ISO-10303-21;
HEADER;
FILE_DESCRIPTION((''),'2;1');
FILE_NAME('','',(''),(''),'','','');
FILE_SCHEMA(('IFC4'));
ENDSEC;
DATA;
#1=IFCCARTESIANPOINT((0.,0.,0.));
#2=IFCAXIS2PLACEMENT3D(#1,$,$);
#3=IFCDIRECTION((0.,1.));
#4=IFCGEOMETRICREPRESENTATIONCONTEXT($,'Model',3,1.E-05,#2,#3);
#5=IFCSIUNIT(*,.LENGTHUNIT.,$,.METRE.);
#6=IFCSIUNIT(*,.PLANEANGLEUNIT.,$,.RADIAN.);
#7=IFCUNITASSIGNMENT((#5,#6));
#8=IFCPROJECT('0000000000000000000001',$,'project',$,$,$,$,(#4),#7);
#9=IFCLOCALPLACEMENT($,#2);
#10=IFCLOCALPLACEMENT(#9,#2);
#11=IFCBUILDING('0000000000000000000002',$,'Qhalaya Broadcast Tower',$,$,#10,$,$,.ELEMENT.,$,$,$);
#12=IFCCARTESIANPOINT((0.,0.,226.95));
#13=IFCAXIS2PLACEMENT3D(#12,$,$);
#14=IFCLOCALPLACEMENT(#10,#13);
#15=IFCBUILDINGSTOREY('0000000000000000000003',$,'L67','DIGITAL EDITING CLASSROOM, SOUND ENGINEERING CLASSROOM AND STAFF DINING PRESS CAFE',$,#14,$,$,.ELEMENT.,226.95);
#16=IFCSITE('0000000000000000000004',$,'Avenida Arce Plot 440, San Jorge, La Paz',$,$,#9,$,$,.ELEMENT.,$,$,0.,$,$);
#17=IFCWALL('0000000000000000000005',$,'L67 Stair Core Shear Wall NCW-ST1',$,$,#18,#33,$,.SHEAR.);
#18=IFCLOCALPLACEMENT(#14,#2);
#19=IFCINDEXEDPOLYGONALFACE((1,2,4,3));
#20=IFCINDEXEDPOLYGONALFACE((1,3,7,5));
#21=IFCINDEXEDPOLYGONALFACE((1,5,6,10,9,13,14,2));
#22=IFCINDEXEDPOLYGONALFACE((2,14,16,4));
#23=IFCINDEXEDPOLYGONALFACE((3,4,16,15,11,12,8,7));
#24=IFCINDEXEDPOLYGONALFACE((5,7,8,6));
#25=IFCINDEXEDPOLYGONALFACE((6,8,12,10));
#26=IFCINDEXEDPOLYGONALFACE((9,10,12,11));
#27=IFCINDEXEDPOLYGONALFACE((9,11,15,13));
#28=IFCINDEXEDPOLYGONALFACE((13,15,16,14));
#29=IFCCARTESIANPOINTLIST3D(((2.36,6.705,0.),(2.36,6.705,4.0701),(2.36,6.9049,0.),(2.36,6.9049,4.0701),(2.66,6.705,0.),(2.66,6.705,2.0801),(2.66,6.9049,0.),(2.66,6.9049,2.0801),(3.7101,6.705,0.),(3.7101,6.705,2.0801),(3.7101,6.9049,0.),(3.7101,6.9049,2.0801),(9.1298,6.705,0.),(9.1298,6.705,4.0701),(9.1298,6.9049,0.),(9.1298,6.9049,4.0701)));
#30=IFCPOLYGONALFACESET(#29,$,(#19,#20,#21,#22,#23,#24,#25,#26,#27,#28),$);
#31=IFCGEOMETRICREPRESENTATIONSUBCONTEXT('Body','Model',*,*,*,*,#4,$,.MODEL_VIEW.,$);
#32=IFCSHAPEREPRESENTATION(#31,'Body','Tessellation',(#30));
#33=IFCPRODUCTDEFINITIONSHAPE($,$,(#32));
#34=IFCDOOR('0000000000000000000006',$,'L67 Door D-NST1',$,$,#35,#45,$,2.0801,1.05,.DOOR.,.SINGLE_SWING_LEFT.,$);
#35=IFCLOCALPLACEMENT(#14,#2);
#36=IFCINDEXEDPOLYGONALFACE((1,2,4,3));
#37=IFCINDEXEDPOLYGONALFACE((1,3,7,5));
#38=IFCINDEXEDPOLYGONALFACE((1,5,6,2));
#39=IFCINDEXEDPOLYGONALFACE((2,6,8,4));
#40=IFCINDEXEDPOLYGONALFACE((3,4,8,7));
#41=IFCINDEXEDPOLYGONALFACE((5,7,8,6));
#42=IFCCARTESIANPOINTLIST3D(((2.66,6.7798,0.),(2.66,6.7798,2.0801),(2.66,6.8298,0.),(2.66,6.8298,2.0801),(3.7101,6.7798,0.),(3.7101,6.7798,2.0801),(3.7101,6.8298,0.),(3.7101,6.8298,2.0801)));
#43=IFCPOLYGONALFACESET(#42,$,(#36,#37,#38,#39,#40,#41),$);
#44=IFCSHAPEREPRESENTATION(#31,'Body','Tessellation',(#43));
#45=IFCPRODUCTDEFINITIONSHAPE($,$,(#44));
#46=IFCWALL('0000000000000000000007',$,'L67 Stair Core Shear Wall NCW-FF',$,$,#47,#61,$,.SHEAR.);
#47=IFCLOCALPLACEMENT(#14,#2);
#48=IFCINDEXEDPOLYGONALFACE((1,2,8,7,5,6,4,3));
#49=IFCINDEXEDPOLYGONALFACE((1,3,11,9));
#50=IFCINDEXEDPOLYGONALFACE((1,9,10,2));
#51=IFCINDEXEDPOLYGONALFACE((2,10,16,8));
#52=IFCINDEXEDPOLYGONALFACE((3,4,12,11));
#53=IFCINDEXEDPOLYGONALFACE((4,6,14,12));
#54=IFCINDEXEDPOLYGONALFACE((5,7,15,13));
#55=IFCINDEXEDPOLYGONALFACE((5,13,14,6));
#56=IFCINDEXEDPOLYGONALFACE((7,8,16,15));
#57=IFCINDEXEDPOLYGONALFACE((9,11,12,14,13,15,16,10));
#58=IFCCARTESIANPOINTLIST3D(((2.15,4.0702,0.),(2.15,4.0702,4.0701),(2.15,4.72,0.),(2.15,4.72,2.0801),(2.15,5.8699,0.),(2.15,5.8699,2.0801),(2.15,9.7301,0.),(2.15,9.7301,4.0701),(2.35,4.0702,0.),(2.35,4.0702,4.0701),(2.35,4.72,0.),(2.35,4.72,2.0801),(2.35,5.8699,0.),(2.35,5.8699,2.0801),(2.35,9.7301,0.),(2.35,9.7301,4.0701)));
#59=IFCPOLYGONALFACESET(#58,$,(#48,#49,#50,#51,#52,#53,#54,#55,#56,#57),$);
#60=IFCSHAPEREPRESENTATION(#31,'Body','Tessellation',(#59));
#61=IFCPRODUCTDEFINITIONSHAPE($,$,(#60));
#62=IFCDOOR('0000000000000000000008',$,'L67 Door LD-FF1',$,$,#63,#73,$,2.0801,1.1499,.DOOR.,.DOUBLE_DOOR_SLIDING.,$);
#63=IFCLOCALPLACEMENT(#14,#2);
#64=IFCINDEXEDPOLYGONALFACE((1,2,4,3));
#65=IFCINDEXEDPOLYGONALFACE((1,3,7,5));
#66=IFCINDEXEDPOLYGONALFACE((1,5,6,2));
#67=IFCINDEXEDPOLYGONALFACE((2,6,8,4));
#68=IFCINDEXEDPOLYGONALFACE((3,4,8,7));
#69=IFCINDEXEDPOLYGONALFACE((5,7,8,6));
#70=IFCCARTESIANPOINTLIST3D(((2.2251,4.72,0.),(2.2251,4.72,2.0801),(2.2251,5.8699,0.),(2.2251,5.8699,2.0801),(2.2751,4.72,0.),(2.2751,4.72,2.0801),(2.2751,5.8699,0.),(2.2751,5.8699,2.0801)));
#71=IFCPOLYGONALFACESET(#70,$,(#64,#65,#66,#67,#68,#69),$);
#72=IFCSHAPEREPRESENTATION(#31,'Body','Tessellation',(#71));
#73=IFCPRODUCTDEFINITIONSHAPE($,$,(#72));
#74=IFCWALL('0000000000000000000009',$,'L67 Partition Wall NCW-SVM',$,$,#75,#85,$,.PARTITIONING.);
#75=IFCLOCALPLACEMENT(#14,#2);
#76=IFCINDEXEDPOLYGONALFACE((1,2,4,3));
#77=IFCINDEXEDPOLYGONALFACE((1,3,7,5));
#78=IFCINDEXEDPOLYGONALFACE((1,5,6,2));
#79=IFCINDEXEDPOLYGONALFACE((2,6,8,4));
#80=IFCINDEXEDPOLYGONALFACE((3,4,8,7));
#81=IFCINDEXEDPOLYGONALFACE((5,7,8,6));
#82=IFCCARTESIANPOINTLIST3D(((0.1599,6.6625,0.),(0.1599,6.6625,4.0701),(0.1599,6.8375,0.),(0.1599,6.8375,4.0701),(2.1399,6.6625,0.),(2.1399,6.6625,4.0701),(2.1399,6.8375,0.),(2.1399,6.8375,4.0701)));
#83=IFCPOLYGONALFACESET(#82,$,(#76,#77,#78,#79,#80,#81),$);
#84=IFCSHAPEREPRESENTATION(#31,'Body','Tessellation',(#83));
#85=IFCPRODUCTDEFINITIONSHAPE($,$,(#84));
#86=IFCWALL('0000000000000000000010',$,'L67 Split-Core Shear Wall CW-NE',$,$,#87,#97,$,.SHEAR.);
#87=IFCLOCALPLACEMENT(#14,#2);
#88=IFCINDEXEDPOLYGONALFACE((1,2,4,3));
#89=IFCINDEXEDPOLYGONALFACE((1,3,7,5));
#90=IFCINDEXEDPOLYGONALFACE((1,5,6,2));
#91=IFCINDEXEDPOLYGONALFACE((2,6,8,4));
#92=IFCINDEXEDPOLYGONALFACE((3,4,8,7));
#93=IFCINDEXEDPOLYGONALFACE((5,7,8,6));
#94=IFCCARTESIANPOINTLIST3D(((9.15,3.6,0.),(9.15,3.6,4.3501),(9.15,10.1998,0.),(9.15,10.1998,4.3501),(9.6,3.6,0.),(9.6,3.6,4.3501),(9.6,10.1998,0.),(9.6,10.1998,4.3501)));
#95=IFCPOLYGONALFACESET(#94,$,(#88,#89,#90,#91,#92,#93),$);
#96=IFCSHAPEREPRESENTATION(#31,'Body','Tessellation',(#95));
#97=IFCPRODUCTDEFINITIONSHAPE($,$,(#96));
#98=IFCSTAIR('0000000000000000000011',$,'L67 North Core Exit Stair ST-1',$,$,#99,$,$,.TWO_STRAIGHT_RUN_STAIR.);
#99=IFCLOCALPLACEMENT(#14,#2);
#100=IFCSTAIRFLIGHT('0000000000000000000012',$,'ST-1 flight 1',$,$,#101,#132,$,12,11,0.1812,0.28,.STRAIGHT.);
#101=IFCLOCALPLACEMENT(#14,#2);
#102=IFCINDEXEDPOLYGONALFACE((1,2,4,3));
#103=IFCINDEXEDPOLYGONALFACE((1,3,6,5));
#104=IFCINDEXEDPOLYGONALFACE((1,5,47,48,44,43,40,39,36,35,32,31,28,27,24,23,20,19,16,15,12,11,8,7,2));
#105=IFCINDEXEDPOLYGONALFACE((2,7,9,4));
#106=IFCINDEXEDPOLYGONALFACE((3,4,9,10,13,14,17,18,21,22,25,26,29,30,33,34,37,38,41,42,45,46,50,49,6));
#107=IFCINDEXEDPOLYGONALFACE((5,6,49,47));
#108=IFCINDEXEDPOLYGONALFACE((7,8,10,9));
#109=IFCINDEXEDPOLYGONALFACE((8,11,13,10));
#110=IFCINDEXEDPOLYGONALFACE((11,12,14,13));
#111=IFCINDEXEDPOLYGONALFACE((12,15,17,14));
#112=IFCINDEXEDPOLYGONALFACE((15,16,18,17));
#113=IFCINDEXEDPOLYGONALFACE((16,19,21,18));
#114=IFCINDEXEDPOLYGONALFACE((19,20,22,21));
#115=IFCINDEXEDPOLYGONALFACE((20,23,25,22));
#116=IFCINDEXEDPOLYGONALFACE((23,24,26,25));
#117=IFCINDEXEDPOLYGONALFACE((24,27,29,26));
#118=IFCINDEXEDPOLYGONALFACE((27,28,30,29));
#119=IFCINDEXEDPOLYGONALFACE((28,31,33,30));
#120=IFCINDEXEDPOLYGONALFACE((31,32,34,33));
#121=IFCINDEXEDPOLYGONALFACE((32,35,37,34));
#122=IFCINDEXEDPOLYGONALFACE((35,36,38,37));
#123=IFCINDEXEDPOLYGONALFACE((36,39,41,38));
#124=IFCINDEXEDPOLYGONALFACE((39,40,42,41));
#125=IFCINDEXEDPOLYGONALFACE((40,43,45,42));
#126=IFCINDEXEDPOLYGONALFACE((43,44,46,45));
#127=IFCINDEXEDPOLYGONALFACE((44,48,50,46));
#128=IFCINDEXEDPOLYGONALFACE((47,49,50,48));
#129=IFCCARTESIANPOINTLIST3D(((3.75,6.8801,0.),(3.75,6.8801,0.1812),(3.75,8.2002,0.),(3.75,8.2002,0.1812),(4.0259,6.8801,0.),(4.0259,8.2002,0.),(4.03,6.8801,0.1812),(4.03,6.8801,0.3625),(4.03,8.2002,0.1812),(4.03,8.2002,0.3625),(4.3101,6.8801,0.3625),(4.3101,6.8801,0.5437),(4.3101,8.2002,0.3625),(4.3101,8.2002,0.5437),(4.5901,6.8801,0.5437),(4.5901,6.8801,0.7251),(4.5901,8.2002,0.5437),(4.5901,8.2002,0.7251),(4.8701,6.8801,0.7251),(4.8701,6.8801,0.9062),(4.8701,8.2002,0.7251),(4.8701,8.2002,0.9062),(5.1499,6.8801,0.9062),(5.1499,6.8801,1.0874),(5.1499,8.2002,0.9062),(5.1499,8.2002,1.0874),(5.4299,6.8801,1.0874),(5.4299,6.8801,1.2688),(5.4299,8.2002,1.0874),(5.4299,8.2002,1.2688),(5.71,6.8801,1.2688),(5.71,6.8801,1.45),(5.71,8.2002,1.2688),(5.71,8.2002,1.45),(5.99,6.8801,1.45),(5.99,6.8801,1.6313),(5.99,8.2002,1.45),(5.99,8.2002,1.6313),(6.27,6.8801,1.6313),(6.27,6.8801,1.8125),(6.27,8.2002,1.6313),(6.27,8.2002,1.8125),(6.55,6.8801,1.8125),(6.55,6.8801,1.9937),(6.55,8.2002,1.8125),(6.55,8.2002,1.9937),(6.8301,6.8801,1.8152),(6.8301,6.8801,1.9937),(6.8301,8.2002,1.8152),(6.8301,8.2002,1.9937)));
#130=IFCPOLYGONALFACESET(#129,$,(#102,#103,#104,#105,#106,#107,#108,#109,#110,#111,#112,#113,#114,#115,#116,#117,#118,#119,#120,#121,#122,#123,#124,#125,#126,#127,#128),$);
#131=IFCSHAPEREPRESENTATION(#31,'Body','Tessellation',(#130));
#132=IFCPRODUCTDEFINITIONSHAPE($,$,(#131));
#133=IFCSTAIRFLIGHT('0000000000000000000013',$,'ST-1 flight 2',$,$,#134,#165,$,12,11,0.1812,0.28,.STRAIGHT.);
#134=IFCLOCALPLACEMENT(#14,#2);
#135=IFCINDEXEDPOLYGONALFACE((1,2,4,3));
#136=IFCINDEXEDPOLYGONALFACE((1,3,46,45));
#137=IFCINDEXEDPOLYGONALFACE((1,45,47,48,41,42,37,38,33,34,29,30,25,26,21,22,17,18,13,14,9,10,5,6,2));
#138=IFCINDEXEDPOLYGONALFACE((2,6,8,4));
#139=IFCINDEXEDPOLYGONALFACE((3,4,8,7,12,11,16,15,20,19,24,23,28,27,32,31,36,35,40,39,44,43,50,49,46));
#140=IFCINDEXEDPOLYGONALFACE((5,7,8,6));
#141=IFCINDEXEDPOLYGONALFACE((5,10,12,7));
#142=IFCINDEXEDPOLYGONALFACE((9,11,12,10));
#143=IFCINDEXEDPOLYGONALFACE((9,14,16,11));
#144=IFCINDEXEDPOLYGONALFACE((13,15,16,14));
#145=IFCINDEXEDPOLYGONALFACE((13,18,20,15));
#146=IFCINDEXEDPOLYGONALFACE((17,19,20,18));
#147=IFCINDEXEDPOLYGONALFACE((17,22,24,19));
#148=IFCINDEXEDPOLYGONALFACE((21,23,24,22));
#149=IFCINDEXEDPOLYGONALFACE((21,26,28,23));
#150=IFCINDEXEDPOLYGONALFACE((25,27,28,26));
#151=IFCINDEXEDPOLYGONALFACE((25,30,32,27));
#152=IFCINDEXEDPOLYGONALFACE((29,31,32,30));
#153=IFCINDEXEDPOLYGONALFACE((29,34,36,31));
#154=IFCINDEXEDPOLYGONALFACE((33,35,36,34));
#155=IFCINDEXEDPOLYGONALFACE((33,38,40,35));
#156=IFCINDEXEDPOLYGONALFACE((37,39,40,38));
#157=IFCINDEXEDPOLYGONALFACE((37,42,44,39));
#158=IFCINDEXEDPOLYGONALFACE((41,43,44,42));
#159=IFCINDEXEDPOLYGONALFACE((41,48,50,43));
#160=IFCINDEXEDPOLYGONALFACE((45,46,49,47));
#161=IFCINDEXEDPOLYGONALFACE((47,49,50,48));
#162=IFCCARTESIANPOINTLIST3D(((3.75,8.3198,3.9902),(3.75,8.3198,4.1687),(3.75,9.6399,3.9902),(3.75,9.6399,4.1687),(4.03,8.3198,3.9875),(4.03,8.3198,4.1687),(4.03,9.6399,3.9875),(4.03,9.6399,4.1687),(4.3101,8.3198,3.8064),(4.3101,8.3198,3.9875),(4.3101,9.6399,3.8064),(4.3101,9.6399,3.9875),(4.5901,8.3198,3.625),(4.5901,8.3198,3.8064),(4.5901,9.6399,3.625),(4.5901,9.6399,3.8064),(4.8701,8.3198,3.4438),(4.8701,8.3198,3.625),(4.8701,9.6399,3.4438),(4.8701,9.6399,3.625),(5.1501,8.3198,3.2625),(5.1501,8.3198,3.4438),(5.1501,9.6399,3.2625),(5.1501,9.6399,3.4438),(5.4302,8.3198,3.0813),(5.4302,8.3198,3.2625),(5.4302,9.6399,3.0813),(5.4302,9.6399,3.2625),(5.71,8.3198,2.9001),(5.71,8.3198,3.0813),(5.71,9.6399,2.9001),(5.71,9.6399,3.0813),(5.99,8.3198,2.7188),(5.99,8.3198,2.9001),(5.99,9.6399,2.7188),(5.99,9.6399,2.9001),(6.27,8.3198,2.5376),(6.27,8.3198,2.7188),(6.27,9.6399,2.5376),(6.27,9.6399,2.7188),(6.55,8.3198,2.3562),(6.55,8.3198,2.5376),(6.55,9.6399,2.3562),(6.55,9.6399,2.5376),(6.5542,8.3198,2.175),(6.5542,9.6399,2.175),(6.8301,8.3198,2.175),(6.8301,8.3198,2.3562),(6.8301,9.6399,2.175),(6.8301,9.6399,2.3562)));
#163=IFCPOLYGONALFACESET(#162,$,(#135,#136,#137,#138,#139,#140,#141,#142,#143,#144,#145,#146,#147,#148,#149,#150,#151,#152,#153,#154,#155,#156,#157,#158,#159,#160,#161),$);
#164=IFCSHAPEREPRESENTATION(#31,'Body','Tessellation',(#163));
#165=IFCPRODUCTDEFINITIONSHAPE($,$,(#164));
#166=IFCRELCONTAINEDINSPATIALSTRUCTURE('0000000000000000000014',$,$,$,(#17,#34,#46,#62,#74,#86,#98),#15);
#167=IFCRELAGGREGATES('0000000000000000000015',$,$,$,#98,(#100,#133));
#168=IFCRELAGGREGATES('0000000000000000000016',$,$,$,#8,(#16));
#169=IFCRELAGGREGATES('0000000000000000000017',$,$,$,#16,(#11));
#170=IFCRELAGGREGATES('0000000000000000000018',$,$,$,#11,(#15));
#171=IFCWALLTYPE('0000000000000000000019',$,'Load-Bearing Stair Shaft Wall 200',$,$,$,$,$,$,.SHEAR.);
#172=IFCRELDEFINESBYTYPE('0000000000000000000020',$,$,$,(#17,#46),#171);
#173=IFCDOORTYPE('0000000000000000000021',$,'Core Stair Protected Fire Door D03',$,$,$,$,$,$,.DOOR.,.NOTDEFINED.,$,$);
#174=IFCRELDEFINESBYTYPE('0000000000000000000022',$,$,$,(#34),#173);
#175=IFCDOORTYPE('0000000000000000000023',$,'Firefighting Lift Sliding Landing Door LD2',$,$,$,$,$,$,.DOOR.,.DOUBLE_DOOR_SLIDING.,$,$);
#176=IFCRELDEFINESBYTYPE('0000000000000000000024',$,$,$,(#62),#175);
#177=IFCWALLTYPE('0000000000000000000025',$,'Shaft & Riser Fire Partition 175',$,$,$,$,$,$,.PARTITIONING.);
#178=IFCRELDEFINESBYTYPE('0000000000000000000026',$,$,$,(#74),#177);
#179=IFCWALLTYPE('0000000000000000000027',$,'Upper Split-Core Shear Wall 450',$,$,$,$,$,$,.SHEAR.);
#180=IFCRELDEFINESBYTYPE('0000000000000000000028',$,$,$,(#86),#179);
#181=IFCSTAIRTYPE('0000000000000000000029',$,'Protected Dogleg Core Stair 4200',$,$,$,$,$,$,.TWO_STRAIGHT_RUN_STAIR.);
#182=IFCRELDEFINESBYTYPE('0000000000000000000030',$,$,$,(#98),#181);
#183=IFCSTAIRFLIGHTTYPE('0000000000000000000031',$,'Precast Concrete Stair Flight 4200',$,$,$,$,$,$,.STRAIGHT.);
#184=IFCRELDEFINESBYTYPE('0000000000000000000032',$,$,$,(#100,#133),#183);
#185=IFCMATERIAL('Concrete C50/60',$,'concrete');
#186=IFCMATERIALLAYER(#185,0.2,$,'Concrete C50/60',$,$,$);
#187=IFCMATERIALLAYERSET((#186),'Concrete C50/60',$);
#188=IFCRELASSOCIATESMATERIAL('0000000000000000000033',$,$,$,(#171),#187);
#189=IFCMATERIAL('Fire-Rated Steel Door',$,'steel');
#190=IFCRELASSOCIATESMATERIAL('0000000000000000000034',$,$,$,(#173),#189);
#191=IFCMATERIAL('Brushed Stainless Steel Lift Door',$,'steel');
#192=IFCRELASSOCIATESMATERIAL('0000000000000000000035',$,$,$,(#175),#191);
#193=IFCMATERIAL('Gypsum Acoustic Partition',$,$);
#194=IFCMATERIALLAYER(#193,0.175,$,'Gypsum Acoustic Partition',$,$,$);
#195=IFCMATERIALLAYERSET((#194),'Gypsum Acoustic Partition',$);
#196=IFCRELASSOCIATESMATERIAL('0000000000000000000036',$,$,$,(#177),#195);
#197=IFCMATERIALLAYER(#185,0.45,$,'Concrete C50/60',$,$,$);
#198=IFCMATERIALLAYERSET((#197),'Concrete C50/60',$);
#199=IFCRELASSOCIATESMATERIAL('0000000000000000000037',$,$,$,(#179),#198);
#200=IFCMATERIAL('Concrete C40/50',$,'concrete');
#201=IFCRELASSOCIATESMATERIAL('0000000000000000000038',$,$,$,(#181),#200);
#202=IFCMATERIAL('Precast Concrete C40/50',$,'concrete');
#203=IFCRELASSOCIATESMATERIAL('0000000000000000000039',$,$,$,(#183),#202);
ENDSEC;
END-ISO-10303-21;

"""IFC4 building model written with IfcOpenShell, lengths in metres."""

from ifc_helpers import new_model, si_unit, direction, frame, frame_2d, origin, place, context, subcontext, project, spatial, polyline, rectangle, outline, extrude, material, layer, layer_set, type_object, element, fill, aggregate, save


model = new_model("IFC4")

# Units and contexts
model_context = context("Model", 3, precision=1e-05, world=origin(), true_north=direction((0.0, 1.0)))
body_context = subcontext(model_context, "Body", "Model", "MODEL_VIEW")
ifc_project = project(units=[si_unit("LENGTHUNIT", "METRE"), si_unit("PLANEANGLEUNIT", "RADIAN")], contexts=[model_context])

# Site, building, storey
site_placement = place(None, origin())
site = spatial("IfcSite", under=ifc_project, at=site_placement, Name="Avenida Arce Plot 440, San Jorge, La Paz", CompositionType="ELEMENT", RefElevation=0.0)
building_placement = place(site_placement, origin())
building = spatial("IfcBuilding", under=site, at=building_placement, Name="Qhalaya Broadcast Tower", CompositionType="ELEMENT")
storey_placement = place(building_placement, frame((0.0, 0.0, 226.95)))
storey = spatial("IfcBuildingStorey", under=building, at=storey_placement, Name="L67", Description="DIGITAL EDITING CLASSROOM, SOUND ENGINEERING CLASSROOM AND STAFF DINING PRESS CAFE", CompositionType="ELEMENT", Elevation=226.95)

# Shared definitions
ifc_material_1 = material(Name="Concrete C50/60", Category="concrete")

# Walls, openings, doors
ifc_layer_1 = layer(ifc_material_1, 0.2, Name="Concrete C50/60")
ifc_layer_set_1 = layer_set([ifc_layer_1], Name="Concrete C50/60")
wall_type_1 = type_object("IfcWallType", Name="Load-Bearing Stair Shaft Wall 200", PredefinedType="SHEAR", material=ifc_layer_set_1)
wall_1_placement = place(storey_placement, frame((2.3601, 6.8049, 0.0), z_axis=(0.0, 0.0, 1.0), x_axis=(1.0, 0.0, 0.0)))
wall_1 = element("IfcWall", 1, at=wall_1_placement, inside=storey, type_object=wall_type_1, Name="L67 Stair Core Shear Wall NCW-ST1", PredefinedType="SHEAR", context=body_context, shape_type="SweptSolid", body=[
    extrude(rectangle(XDim=6.7698, YDim=0.2, at=frame_2d((3.3848, 0.0))), origin(), (0.0, 0.0, 1.0), 4.0701),
])
opening_1_placement = place(wall_1_placement, frame((0.3, 0.0, 0.0)))
opening_1 = element("IfcOpeningElement", 2, at=opening_1_placement, cuts=wall_1, PredefinedType="OPENING", context=body_context, shape_type="SweptSolid", body=[
    extrude(rectangle(XDim=1.05, YDim=2.0801, at=frame_2d((0.5249, 1.04))), frame((0.0, 0.1121, 0.0), z_axis=(0.0, -1.0, 0.0), x_axis=(1.0, 0.0, 0.0)), (0.0, 0.0, 1.0), 0.2239),
])
ifc_material_2 = material(Name="Fire-Rated Steel Door", Category="steel")
door_type_1 = type_object("IfcDoorType", Name="Core Stair Protected Fire Door D03", OperationType="NOTDEFINED", PredefinedType="DOOR", material=ifc_material_2)
door_1_placement = place(opening_1_placement, origin())
door_1 = element("IfcDoor", 3, at=door_1_placement, inside=storey, type_object=door_type_1, Name="L67 Door D-NST1", OperationType="SINGLE_SWING_LEFT", OverallHeight=2.0801, OverallWidth=1.05, PredefinedType="DOOR", context=body_context, shape_type="SweptSolid", body=[
    extrude(rectangle(XDim=1.05, YDim=2.0801, at=frame_2d((0.5249, 1.04))), frame((0.0, 0.0249, 0.0), z_axis=(0.0, -1.0, 0.0), x_axis=(1.0, 0.0, 0.0)), (0.0, 0.0, 1.0), 0.05),
])
fill(opening_1, door_1)
wall_2_placement = place(storey_placement, frame((2.25, 4.0701, 0.0), z_axis=(0.0, 0.0, 1.0), x_axis=(0.0, 1.0, 0.0)))
wall_2 = element("IfcWall", 4, at=wall_2_placement, inside=storey, type_object=wall_type_1, Name="L67 Stair Core Shear Wall NCW-FF", PredefinedType="SHEAR", context=body_context, shape_type="SweptSolid", body=[
    extrude(rectangle(XDim=5.6599, YDim=0.2, at=frame_2d((2.8301, 0.0))), origin(), (0.0, 0.0, 1.0), 4.0701),
])
opening_2_placement = place(wall_2_placement, frame((0.6499, 0.0, 0.0)))
opening_2 = element("IfcOpeningElement", 5, at=opening_2_placement, cuts=wall_2, PredefinedType="OPENING", context=body_context, shape_type="SweptSolid", body=[
    extrude(rectangle(XDim=1.1499, YDim=2.0801, at=frame_2d((0.575, 1.04))), frame((0.0, 0.1121, 0.0), z_axis=(0.0, -1.0, 0.0), x_axis=(1.0, 0.0, 0.0)), (0.0, 0.0, 1.0), 0.2239),
])
ifc_material_3 = material(Name="Brushed Stainless Steel Lift Door", Category="steel")
door_type_2 = type_object("IfcDoorType", Name="Firefighting Lift Sliding Landing Door LD2", OperationType="DOUBLE_DOOR_SLIDING", PredefinedType="DOOR", material=ifc_material_3)
door_2_placement = place(opening_2_placement, origin())
door_2 = element("IfcDoor", 6, at=door_2_placement, inside=storey, type_object=door_type_2, Name="L67 Door LD-FF1", OperationType="DOUBLE_DOOR_SLIDING", OverallHeight=2.0801, OverallWidth=1.1499, PredefinedType="DOOR", context=body_context, shape_type="SweptSolid", body=[
    extrude(rectangle(XDim=1.1499, YDim=2.0801, at=frame_2d((0.575, 1.04))), frame((0.0, 0.0249, 0.0), z_axis=(0.0, -1.0, 0.0), x_axis=(1.0, 0.0, 0.0)), (0.0, 0.0, 1.0), 0.05),
])
fill(opening_2, door_2)
ifc_material_4 = material(Name="Gypsum Acoustic Partition")
ifc_layer_2 = layer(ifc_material_4, 0.175, Name="Gypsum Acoustic Partition")
ifc_layer_set_2 = layer_set([ifc_layer_2], Name="Gypsum Acoustic Partition")
wall_type_2 = type_object("IfcWallType", Name="Shaft & Riser Fire Partition 175", PredefinedType="PARTITIONING", material=ifc_layer_set_2)

# Walls
wall_3_placement = place(storey_placement, frame((0.1599, 6.75, 0.0), z_axis=(0.0, 0.0, 1.0), x_axis=(1.0, 0.0, 0.0)))
element("IfcWall", 7, at=wall_3_placement, inside=storey, type_object=wall_type_2, Name="L67 Partition Wall NCW-SVM", PredefinedType="PARTITIONING", context=body_context, shape_type="SweptSolid", body=[
    extrude(rectangle(XDim=1.98, YDim=0.175, at=frame_2d((0.99, 0.0))), origin(), (0.0, 0.0, 1.0), 4.0701),
])
ifc_layer_3 = layer(ifc_material_1, 0.45, Name="Concrete C50/60")
ifc_layer_set_3 = layer_set([ifc_layer_3], Name="Concrete C50/60")
wall_type_3 = type_object("IfcWallType", Name="Upper Split-Core Shear Wall 450", PredefinedType="SHEAR", material=ifc_layer_set_3)
wall_4_placement = place(storey_placement, frame((9.375, 3.6001, 0.0), z_axis=(0.0, 0.0, 1.0), x_axis=(0.0, 1.0, 0.0)))
element("IfcWall", 8, at=wall_4_placement, inside=storey, type_object=wall_type_3, Name="L67 Split-Core Shear Wall CW-NE", PredefinedType="SHEAR", context=body_context, shape_type="SweptSolid", body=[
    extrude(rectangle(XDim=6.5999, YDim=0.45, at=frame_2d((3.2998, 0.0))), origin(), (0.0, 0.0, 1.0), 4.3501),
])

# Stair, stair flights
ifc_material_5 = material(Name="Concrete C40/50", Category="concrete")
stair_type = type_object("IfcStairType", Name="Protected Dogleg Core Stair 4200", PredefinedType="TWO_STRAIGHT_RUN_STAIR", material=ifc_material_5)
stair_placement = place(storey_placement, origin())
stair = element("IfcStair", 9, at=stair_placement, inside=storey, type_object=stair_type, Name="L67 North Core Exit Stair ST-1", PredefinedType="TWO_STRAIGHT_RUN_STAIR")
ifc_material_6 = material(Name="Precast Concrete C40/50", Category="concrete")
stair_flight_type = type_object("IfcStairFlightType", Name="Precast Concrete Stair Flight 4200", PredefinedType="STRAIGHT", material=ifc_material_6)
stair_flight_1_placement = place(storey_placement, frame((3.75, 7.54, 0.0), z_axis=(0.0, 0.0, 1.0), x_axis=(1.0, 0.0, 0.0)))
stair_flight_1 = element("IfcStairFlight", 10, at=stair_flight_1_placement, type_object=stair_flight_type, Name="ST-1 flight 1", NumberOfRisers=12, NumberOfTreads=11, PredefinedType="STRAIGHT", RiserHeight=0.1812, TreadLength=0.28, context=body_context, shape_type="SweptSolid", body=[
    extrude(outline(polyline([(0.0, 0.0), (0.0, 0.1812), (0.28, 0.1812), (0.28, 0.3625), (0.5601, 0.3625), (0.5601, 0.5437), (0.8401, 0.5437), (0.8401, 0.7251), (1.1201, 0.7251), (1.1201, 0.9062), (1.3999, 0.9062), (1.3999, 1.0874), (1.6799, 1.0874), (1.6799, 1.2688), (1.96, 1.2688), (1.96, 1.45), (2.24, 1.45), (2.24, 1.6313), (2.52, 1.6313), (2.52, 1.8125), (2.8, 1.8125), (2.8, 1.9937), (3.0801, 1.9937), (3.0801, 2.175), (3.0801, 1.8152), (0.2759, 0.0), (0.0, 0.0)])), frame((0.0, 0.6602, 0.0), z_axis=(0.0, -1.0, 0.0), x_axis=(1.0, 0.0, 0.0)), (0.0, 0.0, 1.0), 1.3201),
])
stair_flight_2_placement = place(storey_placement, frame((6.8301, 8.98, 2.175), z_axis=(0.0, 0.0, 1.0), x_axis=(-1.0, 0.0, 0.0)))
stair_flight_2 = element("IfcStairFlight", 11, at=stair_flight_2_placement, type_object=stair_flight_type, Name="ST-1 flight 2", NumberOfRisers=12, NumberOfTreads=11, PredefinedType="STRAIGHT", RiserHeight=0.1812, TreadLength=0.28, context=body_context, shape_type="SweptSolid", body=[
    extrude(outline(polyline([(0.0, 0.0), (0.0, 0.1812), (0.28, 0.1812), (0.28, 0.3625), (0.5601, 0.3625), (0.5601, 0.5437), (0.8401, 0.5437), (0.8401, 0.7251), (1.1201, 0.7251), (1.1201, 0.9062), (1.3999, 0.9062), (1.3999, 1.0874), (1.6799, 1.0874), (1.6799, 1.2688), (1.96, 1.2688), (1.96, 1.45), (2.24, 1.45), (2.24, 1.6313), (2.52, 1.6313), (2.52, 1.8125), (2.8, 1.8125), (2.8, 1.9937), (3.0801, 1.9937), (3.0801, 2.175), (3.0801, 1.8152), (0.2759, 0.0), (0.0, 0.0)])), frame((0.0, 0.6602, 0.0), z_axis=(0.0, -1.0, 0.0), x_axis=(1.0, 0.0, 0.0)), (0.0, 0.0, 1.0), 1.3201),
])
aggregate(stair, [stair_flight_1, stair_flight_2])

save(model, "model.ifc")
